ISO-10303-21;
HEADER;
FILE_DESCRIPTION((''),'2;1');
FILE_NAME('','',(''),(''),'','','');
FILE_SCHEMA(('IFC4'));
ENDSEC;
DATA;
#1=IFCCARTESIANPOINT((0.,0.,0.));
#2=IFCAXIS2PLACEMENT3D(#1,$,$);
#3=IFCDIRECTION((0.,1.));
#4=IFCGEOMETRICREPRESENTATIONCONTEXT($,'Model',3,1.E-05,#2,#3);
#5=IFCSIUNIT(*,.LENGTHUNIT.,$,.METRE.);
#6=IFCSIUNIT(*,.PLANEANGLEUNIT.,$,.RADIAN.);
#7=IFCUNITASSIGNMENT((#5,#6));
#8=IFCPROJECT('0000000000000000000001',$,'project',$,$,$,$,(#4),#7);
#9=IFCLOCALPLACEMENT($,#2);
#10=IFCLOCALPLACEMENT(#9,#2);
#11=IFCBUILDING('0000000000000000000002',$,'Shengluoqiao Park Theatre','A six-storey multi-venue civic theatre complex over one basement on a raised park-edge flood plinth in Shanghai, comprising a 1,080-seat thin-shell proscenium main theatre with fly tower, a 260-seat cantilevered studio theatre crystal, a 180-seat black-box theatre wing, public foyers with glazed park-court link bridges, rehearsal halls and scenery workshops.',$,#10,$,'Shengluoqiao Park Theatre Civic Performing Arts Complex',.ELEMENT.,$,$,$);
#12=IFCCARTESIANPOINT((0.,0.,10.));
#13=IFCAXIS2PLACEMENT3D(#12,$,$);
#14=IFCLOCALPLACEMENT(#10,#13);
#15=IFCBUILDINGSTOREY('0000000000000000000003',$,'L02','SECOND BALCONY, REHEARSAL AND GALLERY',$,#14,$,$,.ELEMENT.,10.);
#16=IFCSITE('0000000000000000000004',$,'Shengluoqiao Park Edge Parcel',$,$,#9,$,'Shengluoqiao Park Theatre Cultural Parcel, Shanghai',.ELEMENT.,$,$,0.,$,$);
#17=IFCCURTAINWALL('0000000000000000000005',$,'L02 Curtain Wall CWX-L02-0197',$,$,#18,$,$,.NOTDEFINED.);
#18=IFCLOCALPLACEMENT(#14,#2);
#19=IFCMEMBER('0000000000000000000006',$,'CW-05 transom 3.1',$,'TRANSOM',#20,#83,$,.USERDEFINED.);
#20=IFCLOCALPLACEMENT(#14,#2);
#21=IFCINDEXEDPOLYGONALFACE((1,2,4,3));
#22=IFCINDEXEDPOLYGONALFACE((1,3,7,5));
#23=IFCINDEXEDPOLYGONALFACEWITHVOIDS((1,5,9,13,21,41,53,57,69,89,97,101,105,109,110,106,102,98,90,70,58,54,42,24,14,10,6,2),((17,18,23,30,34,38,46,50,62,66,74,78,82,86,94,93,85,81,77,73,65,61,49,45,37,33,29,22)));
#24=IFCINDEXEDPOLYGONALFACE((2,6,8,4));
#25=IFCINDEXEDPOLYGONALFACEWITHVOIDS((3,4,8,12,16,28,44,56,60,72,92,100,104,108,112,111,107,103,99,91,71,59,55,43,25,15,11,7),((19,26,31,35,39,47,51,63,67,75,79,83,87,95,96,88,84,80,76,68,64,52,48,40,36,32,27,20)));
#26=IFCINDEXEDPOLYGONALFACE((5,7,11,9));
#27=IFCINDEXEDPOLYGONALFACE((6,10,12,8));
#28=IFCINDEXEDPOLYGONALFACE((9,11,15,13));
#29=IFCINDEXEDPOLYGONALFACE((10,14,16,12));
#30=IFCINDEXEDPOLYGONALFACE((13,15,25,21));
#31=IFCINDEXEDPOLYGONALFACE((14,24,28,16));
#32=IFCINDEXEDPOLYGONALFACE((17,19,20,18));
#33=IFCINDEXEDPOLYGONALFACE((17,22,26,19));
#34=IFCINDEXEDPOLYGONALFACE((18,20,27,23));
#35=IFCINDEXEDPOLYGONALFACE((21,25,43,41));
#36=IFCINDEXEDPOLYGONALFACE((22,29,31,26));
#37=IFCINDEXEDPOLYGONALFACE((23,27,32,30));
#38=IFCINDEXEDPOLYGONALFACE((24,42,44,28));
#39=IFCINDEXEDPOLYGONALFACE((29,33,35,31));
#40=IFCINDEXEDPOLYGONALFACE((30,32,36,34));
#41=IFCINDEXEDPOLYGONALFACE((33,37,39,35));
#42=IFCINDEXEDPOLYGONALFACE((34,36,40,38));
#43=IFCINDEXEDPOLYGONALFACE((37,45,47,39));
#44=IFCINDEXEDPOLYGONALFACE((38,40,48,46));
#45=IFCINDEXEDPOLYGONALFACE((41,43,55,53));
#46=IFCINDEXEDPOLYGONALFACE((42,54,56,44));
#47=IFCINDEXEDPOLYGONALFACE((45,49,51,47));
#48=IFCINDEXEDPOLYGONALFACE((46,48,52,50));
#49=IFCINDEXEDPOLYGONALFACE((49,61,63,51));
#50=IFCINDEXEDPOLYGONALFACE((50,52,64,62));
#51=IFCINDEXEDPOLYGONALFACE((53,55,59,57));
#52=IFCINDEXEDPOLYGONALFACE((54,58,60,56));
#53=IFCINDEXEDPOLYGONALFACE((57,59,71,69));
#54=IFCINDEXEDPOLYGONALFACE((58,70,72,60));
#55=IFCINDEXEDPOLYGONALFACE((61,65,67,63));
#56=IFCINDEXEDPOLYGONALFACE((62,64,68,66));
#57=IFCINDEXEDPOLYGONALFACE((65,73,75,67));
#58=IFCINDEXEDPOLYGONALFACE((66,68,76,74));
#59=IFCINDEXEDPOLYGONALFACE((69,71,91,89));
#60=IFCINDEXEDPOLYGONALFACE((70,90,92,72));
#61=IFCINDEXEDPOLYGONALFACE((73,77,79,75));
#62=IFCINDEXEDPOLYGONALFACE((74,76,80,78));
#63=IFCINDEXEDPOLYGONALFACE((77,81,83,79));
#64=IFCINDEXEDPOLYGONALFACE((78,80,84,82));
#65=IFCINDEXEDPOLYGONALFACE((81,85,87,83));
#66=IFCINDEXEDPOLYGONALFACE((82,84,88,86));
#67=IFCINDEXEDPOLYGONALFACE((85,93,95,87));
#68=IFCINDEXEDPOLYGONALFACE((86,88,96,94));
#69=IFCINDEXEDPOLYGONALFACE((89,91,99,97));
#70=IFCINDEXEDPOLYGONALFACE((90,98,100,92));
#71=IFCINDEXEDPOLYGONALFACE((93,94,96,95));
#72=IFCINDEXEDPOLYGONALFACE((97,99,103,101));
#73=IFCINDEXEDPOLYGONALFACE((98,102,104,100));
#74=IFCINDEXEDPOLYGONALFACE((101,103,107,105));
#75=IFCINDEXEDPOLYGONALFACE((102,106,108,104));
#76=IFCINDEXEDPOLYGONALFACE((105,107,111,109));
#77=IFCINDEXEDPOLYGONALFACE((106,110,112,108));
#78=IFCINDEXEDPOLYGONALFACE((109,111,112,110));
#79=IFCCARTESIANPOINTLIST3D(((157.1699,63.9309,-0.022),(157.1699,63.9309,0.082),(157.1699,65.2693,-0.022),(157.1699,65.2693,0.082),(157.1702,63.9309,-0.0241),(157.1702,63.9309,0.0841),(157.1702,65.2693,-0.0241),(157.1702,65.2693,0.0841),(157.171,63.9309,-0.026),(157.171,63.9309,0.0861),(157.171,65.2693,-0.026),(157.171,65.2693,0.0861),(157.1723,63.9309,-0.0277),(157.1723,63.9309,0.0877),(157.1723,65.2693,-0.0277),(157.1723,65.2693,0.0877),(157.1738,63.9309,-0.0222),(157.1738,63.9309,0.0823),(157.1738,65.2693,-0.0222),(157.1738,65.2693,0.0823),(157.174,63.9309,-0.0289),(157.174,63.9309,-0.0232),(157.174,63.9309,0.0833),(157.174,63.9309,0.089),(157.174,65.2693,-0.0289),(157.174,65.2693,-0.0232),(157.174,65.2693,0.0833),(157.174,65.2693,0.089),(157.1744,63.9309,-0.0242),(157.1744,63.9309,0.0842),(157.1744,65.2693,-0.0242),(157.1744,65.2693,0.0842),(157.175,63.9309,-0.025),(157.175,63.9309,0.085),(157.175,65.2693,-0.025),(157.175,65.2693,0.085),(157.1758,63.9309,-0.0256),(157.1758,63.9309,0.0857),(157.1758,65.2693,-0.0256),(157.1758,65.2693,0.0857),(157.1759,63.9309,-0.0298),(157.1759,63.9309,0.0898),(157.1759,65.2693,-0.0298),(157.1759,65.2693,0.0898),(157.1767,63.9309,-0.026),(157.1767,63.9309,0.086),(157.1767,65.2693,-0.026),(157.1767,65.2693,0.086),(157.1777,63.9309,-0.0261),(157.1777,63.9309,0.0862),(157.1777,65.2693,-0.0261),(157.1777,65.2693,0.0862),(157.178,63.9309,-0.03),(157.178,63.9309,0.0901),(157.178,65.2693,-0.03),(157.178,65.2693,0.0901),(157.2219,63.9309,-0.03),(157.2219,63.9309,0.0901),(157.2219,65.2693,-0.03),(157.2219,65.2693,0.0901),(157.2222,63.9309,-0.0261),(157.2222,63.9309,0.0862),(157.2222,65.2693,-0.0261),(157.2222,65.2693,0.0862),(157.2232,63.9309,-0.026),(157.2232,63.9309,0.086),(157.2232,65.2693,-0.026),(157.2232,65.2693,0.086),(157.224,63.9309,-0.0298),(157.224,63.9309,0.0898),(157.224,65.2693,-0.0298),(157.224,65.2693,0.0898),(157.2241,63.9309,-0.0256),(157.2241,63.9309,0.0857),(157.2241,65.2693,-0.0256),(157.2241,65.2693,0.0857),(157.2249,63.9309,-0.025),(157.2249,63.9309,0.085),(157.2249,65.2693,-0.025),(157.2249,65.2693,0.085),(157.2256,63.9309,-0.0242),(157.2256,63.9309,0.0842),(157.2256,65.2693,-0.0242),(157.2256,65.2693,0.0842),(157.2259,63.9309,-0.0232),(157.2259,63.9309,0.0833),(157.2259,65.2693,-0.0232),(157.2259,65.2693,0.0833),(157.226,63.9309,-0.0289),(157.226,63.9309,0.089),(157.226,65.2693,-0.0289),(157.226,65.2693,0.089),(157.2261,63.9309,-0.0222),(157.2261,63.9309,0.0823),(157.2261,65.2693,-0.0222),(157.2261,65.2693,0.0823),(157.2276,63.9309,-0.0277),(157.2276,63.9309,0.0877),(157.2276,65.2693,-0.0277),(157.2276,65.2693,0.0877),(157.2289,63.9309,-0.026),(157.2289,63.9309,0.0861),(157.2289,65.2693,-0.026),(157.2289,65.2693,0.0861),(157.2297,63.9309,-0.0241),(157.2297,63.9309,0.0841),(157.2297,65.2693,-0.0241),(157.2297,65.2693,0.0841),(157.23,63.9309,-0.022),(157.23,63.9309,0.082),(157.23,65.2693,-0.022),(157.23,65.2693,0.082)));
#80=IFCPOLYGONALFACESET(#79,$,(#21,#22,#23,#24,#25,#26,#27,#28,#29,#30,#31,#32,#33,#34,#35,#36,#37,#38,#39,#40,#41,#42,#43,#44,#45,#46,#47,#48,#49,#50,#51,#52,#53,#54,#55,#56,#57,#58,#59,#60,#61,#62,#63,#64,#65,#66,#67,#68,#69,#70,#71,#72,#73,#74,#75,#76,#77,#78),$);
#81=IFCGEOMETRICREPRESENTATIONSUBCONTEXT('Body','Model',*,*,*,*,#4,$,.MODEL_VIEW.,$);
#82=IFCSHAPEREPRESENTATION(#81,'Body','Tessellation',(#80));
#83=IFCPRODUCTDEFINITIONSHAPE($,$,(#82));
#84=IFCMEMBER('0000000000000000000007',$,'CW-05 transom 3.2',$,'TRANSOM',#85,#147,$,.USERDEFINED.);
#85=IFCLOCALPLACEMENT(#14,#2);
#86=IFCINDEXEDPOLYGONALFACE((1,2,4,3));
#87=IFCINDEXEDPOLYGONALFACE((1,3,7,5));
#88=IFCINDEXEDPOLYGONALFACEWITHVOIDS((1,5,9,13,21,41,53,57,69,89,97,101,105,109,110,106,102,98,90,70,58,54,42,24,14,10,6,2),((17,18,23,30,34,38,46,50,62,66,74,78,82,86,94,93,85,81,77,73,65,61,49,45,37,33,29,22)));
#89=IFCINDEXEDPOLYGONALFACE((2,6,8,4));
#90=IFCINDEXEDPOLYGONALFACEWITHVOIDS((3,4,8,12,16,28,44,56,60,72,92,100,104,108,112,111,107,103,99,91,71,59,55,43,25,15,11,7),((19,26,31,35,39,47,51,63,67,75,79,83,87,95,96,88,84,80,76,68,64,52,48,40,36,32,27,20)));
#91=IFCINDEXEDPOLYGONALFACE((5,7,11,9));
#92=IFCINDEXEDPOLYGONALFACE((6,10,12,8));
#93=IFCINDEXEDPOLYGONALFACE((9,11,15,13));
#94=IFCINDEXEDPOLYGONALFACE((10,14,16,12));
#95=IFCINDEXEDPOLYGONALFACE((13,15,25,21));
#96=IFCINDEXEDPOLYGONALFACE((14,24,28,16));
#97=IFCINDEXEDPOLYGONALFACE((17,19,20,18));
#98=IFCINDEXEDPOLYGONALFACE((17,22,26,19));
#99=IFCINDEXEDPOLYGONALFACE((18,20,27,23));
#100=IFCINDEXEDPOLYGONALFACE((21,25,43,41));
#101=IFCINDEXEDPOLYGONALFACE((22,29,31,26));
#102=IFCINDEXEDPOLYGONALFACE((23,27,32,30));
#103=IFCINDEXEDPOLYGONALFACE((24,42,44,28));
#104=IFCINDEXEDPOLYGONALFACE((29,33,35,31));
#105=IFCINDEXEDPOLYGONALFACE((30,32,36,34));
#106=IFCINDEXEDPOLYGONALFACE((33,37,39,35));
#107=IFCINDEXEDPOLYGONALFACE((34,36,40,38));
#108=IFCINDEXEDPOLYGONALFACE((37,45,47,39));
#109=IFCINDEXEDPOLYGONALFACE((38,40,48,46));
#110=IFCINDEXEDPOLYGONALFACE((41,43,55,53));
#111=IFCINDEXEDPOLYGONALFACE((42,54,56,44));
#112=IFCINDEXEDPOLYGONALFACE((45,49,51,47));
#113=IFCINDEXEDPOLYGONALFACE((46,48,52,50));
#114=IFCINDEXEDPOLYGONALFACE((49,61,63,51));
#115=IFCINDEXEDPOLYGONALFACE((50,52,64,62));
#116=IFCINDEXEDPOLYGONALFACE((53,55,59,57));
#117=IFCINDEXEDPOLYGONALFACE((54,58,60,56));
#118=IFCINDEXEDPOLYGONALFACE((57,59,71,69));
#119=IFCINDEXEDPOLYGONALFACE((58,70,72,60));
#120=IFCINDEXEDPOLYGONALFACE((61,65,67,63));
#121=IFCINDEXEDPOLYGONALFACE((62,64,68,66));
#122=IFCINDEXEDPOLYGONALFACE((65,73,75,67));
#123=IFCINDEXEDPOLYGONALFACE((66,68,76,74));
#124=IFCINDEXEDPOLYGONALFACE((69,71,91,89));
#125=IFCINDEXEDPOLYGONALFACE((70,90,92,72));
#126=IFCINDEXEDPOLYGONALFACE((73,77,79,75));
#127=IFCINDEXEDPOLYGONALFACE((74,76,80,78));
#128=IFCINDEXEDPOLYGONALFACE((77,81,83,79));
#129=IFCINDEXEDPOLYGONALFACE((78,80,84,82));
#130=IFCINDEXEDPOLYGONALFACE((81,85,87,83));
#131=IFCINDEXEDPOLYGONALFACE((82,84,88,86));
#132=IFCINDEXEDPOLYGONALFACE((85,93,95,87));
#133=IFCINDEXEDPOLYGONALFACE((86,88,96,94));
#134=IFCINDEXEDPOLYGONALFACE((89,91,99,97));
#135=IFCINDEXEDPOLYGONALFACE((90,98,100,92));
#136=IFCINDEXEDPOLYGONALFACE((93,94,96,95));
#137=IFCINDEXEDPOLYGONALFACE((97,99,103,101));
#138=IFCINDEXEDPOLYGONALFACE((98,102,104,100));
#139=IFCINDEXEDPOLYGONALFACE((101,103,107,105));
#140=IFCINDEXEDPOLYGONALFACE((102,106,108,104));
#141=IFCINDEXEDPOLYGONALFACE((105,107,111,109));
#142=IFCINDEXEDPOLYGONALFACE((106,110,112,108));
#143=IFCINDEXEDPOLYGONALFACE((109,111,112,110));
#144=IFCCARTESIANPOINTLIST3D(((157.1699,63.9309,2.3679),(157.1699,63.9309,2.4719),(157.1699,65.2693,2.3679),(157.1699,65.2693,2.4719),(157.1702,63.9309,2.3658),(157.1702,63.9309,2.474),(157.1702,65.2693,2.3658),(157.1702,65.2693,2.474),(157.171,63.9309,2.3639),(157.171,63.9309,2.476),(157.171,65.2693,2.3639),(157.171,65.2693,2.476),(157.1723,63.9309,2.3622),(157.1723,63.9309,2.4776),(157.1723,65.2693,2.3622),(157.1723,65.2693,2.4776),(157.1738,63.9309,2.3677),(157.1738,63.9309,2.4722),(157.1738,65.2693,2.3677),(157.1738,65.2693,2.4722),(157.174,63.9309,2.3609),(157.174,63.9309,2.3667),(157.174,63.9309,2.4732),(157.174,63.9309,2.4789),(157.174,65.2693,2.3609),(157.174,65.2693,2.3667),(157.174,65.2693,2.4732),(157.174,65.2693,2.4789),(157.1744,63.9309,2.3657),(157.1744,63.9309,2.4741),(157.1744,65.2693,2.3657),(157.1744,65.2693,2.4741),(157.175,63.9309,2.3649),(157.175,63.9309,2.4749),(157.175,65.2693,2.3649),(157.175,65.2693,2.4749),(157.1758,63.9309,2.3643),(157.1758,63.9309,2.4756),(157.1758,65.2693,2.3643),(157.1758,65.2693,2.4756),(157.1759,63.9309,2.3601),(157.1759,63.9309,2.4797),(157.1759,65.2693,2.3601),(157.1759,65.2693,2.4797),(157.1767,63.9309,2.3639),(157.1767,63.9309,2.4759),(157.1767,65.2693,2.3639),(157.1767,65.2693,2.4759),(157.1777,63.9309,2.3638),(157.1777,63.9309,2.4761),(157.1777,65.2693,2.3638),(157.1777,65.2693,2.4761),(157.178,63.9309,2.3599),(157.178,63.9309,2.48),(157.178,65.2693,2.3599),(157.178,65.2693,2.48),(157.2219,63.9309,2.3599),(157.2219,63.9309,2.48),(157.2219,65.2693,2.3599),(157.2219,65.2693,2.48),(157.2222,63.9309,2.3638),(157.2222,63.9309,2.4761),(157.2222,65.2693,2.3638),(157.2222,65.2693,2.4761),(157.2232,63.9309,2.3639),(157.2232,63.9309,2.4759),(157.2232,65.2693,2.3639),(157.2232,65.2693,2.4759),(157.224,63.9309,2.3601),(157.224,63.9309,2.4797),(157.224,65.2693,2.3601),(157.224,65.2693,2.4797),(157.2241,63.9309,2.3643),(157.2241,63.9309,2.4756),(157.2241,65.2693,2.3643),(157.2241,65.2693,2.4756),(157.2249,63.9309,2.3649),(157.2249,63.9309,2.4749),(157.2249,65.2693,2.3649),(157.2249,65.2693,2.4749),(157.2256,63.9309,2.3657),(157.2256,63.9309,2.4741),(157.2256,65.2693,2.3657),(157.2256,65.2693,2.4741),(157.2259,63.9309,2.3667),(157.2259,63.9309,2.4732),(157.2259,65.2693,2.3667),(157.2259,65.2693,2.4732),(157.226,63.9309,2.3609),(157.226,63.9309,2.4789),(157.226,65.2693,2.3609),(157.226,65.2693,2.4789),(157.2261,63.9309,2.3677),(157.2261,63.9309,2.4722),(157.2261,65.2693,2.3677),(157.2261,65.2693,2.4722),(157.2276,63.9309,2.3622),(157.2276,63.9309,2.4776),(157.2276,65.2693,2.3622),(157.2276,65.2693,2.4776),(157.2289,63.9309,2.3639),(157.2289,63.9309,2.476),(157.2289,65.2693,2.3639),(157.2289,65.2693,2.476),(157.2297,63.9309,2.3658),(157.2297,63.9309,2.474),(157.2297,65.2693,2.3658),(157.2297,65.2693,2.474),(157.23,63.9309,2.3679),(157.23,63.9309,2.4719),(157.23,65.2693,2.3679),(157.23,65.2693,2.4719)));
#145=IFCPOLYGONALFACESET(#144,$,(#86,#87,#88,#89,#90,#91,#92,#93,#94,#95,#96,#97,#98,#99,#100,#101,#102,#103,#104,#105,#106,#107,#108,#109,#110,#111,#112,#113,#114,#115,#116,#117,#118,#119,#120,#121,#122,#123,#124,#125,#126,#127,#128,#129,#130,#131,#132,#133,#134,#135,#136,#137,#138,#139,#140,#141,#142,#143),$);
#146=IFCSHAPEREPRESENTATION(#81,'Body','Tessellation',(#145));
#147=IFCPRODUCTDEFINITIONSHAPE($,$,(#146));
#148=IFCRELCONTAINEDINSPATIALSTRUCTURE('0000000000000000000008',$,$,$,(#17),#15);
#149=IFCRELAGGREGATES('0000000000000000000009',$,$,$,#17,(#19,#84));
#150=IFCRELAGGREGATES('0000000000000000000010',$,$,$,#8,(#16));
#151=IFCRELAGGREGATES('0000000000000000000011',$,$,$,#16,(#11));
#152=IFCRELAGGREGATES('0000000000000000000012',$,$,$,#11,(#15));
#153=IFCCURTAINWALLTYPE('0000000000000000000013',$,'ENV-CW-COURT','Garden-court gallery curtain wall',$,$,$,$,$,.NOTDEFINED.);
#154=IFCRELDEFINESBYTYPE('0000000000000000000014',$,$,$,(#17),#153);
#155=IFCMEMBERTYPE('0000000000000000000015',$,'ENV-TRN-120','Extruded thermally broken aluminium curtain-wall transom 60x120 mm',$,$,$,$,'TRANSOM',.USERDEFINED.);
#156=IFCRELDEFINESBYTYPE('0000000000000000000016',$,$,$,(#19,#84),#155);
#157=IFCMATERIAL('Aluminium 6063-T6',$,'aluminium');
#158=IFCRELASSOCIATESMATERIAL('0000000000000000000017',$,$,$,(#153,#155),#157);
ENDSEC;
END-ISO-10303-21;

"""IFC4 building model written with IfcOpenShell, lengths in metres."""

from ifc_helpers import new_model, si_unit, direction, frame, origin, origin_2d, place, context, subcontext, project, spatial, hollow_rectangle, extrude, material, material_profile, profile_set, type_object, element, aggregate, save


model = new_model("IFC4")

# Units and contexts
model_context = context("Model", 3, precision=1e-05, world=origin(), true_north=direction((0.0, 1.0)))
body_context = subcontext(model_context, "Body", "Model", "MODEL_VIEW")
ifc_project = project(units=[si_unit("LENGTHUNIT", "METRE"), si_unit("PLANEANGLEUNIT", "RADIAN")], contexts=[model_context])

# Site, building, storey
site_placement = place(None, origin())
site = spatial("IfcSite", under=ifc_project, at=site_placement, Name="Shengluoqiao Park Edge Parcel", LongName="Shengluoqiao Park Theatre Cultural Parcel, Shanghai", CompositionType="ELEMENT", RefElevation=0.0)
building_placement = place(site_placement, origin())
building = spatial("IfcBuilding", under=site, at=building_placement, Name="Shengluoqiao Park Theatre", Description="A six-storey multi-venue civic theatre complex over one basement on a raised park-edge flood plinth in Shanghai, comprising a 1,080-seat thin-shell proscenium main theatre with fly tower, a 260-seat cantilevered studio theatre crystal, a 180-seat black-box theatre wing, public foyers with glazed park-court link bridges, rehearsal halls and scenery workshops.", LongName="Shengluoqiao Park Theatre Civic Performing Arts Complex", CompositionType="ELEMENT")
storey_placement = place(building_placement, frame((0.0, 0.0, 10.0)))
storey = spatial("IfcBuildingStorey", under=building, at=storey_placement, Name="L02", Description="SECOND BALCONY, REHEARSAL AND GALLERY", CompositionType="ELEMENT", Elevation=10.0)

# Shared definitions
ifc_material_1 = material(Name="Aluminium 6063-T6", Category="aluminium")
curtain_wall_type = type_object("IfcCurtainWallType", Name="ENV-CW-COURT", Description="Garden-court gallery curtain wall", PredefinedType="NOTDEFINED", material=ifc_material_1)

# Curtain wall, members
curtain_wall_1_placement = place(storey_placement, origin())
curtain_wall_1 = element("IfcCurtainWall", 1, at=curtain_wall_1_placement, inside=storey, type_object=curtain_wall_type, Name="L02 Curtain Wall CWX-L02-0197", PredefinedType="NOTDEFINED")
ifc_material_profile_1 = material_profile(ifc_material_1, hollow_rectangle(XDim=0.0601, YDim=0.1201, WallThickness=0.0039, InnerFilletRadius=0.0039, OuterFilletRadius=0.0081, at=origin_2d()), Name="ALU TRANSOM 120x60x4")
ifc_profile_set_1 = profile_set([ifc_material_profile_1], Name="Aluminium 6063-T6")
member_type_1 = type_object("IfcMemberType", Name="ENV-TRN-120", Description="Extruded thermally broken aluminium curtain-wall transom 60x120 mm", ElementType="TRANSOM", PredefinedType="USERDEFINED", material=ifc_profile_set_1)
member_1_placement = place(storey_placement, frame((157.2, 63.9309, 0.03), z_axis=(0.0, 1.0, 0.0), x_axis=(-1.0, 0.0, 0.0)))
member_1 = element("IfcMember", 2, at=member_1_placement, type_object=member_type_1, Name="CW-05 transom 3.1", ObjectType="TRANSOM", PredefinedType="USERDEFINED", context=body_context, shape_type="SweptSolid", body=[
    extrude(hollow_rectangle(XDim=0.0601, YDim=0.1201, WallThickness=0.0039, InnerFilletRadius=0.0039, OuterFilletRadius=0.0081, at=origin_2d()), origin(), (0.0, 0.0, 1.0), 1.3384),
])
member_2_placement = place(storey_placement, frame((157.2, 63.9309, 2.4199), z_axis=(0.0, 1.0, 0.0), x_axis=(-1.0, 0.0, 0.0)))
member_2 = element("IfcMember", 3, at=member_2_placement, type_object=member_type_1, Name="CW-05 transom 3.2", ObjectType="TRANSOM", PredefinedType="USERDEFINED", context=body_context, shape_type="SweptSolid", body=[
    extrude(hollow_rectangle(XDim=0.0601, YDim=0.1201, WallThickness=0.0039, InnerFilletRadius=0.0039, OuterFilletRadius=0.0081, at=origin_2d()), origin(), (0.0, 0.0, 1.0), 1.3384),
])

aggregate(curtain_wall_1, [member_1, member_2])

save(model, "model.ifc")
